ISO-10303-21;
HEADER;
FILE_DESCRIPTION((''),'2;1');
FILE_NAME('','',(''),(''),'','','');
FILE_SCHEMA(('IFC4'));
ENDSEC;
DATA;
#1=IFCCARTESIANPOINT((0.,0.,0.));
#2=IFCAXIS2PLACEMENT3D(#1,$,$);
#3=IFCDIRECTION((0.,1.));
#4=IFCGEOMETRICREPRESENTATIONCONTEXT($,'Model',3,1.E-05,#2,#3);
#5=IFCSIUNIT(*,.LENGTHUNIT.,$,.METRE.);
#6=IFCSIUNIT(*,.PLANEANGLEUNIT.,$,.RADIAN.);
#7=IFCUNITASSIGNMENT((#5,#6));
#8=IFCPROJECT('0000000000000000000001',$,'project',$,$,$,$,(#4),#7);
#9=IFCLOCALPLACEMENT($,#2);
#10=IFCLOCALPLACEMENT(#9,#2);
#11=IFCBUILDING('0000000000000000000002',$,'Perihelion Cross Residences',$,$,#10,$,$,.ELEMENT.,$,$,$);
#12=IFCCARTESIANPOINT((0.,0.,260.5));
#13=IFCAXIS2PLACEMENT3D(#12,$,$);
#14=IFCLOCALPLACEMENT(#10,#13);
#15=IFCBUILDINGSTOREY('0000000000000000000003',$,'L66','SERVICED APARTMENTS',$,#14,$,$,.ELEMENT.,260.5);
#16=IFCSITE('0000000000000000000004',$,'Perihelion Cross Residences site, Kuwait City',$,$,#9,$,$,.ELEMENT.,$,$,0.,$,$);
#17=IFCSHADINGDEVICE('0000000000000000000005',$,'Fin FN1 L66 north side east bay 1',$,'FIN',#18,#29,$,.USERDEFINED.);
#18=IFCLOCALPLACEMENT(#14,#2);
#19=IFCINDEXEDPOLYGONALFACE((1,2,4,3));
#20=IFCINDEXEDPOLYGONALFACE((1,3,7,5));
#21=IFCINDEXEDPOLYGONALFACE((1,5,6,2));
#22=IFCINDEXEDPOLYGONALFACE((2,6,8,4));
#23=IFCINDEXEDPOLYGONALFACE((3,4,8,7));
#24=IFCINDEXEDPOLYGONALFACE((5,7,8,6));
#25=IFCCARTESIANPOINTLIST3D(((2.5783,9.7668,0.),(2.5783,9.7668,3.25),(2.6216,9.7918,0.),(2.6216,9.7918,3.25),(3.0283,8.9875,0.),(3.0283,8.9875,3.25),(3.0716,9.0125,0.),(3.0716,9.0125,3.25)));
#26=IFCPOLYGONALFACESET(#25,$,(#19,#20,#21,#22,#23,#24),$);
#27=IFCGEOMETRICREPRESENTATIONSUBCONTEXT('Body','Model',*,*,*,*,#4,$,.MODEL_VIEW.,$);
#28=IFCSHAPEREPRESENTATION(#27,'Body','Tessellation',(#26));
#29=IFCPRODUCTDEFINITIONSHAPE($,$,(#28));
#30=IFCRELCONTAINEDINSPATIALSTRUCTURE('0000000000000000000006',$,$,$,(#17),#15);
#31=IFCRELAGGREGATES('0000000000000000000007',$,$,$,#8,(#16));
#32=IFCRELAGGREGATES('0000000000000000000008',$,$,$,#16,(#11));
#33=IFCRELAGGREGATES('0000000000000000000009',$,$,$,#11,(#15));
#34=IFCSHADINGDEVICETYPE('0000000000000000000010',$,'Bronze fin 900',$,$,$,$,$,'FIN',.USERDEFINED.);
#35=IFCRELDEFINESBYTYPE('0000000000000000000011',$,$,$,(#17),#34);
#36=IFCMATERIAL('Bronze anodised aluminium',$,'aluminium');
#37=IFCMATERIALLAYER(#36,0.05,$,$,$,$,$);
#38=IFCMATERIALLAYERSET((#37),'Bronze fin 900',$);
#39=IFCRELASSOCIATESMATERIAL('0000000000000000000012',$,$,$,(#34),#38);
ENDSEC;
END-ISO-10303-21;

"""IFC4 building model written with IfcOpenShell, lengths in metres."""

from ifc_helpers import new_model, si_unit, direction, frame, origin, origin_2d, place, context, subcontext, project, spatial, rectangle, extrude, material, layer, layer_set, type_object, element, save


model = new_model("IFC4")

# Units and contexts
model_context = context("Model", 3, precision=1e-05, world=origin(), true_north=direction((0.0, 1.0)))
body_context = subcontext(model_context, "Body", "Model", "MODEL_VIEW")
ifc_project = project(units=[si_unit("LENGTHUNIT", "METRE"), si_unit("PLANEANGLEUNIT", "RADIAN")], contexts=[model_context])

# Site, building, storey
site_placement = place(None, origin())
site = spatial("IfcSite", under=ifc_project, at=site_placement, Name="Perihelion Cross Residences site, Kuwait City", CompositionType="ELEMENT", RefElevation=0.0)
building_placement = place(site_placement, origin())
building = spatial("IfcBuilding", under=site, at=building_placement, Name="Perihelion Cross Residences", CompositionType="ELEMENT")
storey_placement = place(building_placement, frame((0.0, 0.0, 260.5)))
storey = spatial("IfcBuildingStorey", under=building, at=storey_placement, Name="L66", Description="SERVICED APARTMENTS", CompositionType="ELEMENT", Elevation=260.5)

# Shading device
ifc_material_1 = material(Name="Bronze anodised aluminium", Category="aluminium")
ifc_layer_1 = layer(ifc_material_1, 0.05)
ifc_layer_set_1 = layer_set([ifc_layer_1], Name="Bronze fin 900")
shading_device_type = type_object("IfcShadingDeviceType", Name="Bronze fin 900", ElementType="FIN", PredefinedType="USERDEFINED", material=ifc_layer_set_1)
shading_device_placement = place(storey_placement, frame((2.825, 9.3896, 0.0), z_axis=(0.0, 0.0, 1.0), x_axis=(-0.5, 0.866025, 0.0)))
element("IfcShadingDevice", 1, at=shading_device_placement, inside=storey, type_object=shading_device_type, Name="Fin FN1 L66 north side east bay 1", ObjectType="FIN", PredefinedType="USERDEFINED", context=body_context, shape_type="SweptSolid", body=[
    extrude(rectangle(XDim=0.8999, YDim=0.05, at=origin_2d()), origin(), (0.0, 0.0, 1.0), 3.25),
])

save(model, "model.ifc")
